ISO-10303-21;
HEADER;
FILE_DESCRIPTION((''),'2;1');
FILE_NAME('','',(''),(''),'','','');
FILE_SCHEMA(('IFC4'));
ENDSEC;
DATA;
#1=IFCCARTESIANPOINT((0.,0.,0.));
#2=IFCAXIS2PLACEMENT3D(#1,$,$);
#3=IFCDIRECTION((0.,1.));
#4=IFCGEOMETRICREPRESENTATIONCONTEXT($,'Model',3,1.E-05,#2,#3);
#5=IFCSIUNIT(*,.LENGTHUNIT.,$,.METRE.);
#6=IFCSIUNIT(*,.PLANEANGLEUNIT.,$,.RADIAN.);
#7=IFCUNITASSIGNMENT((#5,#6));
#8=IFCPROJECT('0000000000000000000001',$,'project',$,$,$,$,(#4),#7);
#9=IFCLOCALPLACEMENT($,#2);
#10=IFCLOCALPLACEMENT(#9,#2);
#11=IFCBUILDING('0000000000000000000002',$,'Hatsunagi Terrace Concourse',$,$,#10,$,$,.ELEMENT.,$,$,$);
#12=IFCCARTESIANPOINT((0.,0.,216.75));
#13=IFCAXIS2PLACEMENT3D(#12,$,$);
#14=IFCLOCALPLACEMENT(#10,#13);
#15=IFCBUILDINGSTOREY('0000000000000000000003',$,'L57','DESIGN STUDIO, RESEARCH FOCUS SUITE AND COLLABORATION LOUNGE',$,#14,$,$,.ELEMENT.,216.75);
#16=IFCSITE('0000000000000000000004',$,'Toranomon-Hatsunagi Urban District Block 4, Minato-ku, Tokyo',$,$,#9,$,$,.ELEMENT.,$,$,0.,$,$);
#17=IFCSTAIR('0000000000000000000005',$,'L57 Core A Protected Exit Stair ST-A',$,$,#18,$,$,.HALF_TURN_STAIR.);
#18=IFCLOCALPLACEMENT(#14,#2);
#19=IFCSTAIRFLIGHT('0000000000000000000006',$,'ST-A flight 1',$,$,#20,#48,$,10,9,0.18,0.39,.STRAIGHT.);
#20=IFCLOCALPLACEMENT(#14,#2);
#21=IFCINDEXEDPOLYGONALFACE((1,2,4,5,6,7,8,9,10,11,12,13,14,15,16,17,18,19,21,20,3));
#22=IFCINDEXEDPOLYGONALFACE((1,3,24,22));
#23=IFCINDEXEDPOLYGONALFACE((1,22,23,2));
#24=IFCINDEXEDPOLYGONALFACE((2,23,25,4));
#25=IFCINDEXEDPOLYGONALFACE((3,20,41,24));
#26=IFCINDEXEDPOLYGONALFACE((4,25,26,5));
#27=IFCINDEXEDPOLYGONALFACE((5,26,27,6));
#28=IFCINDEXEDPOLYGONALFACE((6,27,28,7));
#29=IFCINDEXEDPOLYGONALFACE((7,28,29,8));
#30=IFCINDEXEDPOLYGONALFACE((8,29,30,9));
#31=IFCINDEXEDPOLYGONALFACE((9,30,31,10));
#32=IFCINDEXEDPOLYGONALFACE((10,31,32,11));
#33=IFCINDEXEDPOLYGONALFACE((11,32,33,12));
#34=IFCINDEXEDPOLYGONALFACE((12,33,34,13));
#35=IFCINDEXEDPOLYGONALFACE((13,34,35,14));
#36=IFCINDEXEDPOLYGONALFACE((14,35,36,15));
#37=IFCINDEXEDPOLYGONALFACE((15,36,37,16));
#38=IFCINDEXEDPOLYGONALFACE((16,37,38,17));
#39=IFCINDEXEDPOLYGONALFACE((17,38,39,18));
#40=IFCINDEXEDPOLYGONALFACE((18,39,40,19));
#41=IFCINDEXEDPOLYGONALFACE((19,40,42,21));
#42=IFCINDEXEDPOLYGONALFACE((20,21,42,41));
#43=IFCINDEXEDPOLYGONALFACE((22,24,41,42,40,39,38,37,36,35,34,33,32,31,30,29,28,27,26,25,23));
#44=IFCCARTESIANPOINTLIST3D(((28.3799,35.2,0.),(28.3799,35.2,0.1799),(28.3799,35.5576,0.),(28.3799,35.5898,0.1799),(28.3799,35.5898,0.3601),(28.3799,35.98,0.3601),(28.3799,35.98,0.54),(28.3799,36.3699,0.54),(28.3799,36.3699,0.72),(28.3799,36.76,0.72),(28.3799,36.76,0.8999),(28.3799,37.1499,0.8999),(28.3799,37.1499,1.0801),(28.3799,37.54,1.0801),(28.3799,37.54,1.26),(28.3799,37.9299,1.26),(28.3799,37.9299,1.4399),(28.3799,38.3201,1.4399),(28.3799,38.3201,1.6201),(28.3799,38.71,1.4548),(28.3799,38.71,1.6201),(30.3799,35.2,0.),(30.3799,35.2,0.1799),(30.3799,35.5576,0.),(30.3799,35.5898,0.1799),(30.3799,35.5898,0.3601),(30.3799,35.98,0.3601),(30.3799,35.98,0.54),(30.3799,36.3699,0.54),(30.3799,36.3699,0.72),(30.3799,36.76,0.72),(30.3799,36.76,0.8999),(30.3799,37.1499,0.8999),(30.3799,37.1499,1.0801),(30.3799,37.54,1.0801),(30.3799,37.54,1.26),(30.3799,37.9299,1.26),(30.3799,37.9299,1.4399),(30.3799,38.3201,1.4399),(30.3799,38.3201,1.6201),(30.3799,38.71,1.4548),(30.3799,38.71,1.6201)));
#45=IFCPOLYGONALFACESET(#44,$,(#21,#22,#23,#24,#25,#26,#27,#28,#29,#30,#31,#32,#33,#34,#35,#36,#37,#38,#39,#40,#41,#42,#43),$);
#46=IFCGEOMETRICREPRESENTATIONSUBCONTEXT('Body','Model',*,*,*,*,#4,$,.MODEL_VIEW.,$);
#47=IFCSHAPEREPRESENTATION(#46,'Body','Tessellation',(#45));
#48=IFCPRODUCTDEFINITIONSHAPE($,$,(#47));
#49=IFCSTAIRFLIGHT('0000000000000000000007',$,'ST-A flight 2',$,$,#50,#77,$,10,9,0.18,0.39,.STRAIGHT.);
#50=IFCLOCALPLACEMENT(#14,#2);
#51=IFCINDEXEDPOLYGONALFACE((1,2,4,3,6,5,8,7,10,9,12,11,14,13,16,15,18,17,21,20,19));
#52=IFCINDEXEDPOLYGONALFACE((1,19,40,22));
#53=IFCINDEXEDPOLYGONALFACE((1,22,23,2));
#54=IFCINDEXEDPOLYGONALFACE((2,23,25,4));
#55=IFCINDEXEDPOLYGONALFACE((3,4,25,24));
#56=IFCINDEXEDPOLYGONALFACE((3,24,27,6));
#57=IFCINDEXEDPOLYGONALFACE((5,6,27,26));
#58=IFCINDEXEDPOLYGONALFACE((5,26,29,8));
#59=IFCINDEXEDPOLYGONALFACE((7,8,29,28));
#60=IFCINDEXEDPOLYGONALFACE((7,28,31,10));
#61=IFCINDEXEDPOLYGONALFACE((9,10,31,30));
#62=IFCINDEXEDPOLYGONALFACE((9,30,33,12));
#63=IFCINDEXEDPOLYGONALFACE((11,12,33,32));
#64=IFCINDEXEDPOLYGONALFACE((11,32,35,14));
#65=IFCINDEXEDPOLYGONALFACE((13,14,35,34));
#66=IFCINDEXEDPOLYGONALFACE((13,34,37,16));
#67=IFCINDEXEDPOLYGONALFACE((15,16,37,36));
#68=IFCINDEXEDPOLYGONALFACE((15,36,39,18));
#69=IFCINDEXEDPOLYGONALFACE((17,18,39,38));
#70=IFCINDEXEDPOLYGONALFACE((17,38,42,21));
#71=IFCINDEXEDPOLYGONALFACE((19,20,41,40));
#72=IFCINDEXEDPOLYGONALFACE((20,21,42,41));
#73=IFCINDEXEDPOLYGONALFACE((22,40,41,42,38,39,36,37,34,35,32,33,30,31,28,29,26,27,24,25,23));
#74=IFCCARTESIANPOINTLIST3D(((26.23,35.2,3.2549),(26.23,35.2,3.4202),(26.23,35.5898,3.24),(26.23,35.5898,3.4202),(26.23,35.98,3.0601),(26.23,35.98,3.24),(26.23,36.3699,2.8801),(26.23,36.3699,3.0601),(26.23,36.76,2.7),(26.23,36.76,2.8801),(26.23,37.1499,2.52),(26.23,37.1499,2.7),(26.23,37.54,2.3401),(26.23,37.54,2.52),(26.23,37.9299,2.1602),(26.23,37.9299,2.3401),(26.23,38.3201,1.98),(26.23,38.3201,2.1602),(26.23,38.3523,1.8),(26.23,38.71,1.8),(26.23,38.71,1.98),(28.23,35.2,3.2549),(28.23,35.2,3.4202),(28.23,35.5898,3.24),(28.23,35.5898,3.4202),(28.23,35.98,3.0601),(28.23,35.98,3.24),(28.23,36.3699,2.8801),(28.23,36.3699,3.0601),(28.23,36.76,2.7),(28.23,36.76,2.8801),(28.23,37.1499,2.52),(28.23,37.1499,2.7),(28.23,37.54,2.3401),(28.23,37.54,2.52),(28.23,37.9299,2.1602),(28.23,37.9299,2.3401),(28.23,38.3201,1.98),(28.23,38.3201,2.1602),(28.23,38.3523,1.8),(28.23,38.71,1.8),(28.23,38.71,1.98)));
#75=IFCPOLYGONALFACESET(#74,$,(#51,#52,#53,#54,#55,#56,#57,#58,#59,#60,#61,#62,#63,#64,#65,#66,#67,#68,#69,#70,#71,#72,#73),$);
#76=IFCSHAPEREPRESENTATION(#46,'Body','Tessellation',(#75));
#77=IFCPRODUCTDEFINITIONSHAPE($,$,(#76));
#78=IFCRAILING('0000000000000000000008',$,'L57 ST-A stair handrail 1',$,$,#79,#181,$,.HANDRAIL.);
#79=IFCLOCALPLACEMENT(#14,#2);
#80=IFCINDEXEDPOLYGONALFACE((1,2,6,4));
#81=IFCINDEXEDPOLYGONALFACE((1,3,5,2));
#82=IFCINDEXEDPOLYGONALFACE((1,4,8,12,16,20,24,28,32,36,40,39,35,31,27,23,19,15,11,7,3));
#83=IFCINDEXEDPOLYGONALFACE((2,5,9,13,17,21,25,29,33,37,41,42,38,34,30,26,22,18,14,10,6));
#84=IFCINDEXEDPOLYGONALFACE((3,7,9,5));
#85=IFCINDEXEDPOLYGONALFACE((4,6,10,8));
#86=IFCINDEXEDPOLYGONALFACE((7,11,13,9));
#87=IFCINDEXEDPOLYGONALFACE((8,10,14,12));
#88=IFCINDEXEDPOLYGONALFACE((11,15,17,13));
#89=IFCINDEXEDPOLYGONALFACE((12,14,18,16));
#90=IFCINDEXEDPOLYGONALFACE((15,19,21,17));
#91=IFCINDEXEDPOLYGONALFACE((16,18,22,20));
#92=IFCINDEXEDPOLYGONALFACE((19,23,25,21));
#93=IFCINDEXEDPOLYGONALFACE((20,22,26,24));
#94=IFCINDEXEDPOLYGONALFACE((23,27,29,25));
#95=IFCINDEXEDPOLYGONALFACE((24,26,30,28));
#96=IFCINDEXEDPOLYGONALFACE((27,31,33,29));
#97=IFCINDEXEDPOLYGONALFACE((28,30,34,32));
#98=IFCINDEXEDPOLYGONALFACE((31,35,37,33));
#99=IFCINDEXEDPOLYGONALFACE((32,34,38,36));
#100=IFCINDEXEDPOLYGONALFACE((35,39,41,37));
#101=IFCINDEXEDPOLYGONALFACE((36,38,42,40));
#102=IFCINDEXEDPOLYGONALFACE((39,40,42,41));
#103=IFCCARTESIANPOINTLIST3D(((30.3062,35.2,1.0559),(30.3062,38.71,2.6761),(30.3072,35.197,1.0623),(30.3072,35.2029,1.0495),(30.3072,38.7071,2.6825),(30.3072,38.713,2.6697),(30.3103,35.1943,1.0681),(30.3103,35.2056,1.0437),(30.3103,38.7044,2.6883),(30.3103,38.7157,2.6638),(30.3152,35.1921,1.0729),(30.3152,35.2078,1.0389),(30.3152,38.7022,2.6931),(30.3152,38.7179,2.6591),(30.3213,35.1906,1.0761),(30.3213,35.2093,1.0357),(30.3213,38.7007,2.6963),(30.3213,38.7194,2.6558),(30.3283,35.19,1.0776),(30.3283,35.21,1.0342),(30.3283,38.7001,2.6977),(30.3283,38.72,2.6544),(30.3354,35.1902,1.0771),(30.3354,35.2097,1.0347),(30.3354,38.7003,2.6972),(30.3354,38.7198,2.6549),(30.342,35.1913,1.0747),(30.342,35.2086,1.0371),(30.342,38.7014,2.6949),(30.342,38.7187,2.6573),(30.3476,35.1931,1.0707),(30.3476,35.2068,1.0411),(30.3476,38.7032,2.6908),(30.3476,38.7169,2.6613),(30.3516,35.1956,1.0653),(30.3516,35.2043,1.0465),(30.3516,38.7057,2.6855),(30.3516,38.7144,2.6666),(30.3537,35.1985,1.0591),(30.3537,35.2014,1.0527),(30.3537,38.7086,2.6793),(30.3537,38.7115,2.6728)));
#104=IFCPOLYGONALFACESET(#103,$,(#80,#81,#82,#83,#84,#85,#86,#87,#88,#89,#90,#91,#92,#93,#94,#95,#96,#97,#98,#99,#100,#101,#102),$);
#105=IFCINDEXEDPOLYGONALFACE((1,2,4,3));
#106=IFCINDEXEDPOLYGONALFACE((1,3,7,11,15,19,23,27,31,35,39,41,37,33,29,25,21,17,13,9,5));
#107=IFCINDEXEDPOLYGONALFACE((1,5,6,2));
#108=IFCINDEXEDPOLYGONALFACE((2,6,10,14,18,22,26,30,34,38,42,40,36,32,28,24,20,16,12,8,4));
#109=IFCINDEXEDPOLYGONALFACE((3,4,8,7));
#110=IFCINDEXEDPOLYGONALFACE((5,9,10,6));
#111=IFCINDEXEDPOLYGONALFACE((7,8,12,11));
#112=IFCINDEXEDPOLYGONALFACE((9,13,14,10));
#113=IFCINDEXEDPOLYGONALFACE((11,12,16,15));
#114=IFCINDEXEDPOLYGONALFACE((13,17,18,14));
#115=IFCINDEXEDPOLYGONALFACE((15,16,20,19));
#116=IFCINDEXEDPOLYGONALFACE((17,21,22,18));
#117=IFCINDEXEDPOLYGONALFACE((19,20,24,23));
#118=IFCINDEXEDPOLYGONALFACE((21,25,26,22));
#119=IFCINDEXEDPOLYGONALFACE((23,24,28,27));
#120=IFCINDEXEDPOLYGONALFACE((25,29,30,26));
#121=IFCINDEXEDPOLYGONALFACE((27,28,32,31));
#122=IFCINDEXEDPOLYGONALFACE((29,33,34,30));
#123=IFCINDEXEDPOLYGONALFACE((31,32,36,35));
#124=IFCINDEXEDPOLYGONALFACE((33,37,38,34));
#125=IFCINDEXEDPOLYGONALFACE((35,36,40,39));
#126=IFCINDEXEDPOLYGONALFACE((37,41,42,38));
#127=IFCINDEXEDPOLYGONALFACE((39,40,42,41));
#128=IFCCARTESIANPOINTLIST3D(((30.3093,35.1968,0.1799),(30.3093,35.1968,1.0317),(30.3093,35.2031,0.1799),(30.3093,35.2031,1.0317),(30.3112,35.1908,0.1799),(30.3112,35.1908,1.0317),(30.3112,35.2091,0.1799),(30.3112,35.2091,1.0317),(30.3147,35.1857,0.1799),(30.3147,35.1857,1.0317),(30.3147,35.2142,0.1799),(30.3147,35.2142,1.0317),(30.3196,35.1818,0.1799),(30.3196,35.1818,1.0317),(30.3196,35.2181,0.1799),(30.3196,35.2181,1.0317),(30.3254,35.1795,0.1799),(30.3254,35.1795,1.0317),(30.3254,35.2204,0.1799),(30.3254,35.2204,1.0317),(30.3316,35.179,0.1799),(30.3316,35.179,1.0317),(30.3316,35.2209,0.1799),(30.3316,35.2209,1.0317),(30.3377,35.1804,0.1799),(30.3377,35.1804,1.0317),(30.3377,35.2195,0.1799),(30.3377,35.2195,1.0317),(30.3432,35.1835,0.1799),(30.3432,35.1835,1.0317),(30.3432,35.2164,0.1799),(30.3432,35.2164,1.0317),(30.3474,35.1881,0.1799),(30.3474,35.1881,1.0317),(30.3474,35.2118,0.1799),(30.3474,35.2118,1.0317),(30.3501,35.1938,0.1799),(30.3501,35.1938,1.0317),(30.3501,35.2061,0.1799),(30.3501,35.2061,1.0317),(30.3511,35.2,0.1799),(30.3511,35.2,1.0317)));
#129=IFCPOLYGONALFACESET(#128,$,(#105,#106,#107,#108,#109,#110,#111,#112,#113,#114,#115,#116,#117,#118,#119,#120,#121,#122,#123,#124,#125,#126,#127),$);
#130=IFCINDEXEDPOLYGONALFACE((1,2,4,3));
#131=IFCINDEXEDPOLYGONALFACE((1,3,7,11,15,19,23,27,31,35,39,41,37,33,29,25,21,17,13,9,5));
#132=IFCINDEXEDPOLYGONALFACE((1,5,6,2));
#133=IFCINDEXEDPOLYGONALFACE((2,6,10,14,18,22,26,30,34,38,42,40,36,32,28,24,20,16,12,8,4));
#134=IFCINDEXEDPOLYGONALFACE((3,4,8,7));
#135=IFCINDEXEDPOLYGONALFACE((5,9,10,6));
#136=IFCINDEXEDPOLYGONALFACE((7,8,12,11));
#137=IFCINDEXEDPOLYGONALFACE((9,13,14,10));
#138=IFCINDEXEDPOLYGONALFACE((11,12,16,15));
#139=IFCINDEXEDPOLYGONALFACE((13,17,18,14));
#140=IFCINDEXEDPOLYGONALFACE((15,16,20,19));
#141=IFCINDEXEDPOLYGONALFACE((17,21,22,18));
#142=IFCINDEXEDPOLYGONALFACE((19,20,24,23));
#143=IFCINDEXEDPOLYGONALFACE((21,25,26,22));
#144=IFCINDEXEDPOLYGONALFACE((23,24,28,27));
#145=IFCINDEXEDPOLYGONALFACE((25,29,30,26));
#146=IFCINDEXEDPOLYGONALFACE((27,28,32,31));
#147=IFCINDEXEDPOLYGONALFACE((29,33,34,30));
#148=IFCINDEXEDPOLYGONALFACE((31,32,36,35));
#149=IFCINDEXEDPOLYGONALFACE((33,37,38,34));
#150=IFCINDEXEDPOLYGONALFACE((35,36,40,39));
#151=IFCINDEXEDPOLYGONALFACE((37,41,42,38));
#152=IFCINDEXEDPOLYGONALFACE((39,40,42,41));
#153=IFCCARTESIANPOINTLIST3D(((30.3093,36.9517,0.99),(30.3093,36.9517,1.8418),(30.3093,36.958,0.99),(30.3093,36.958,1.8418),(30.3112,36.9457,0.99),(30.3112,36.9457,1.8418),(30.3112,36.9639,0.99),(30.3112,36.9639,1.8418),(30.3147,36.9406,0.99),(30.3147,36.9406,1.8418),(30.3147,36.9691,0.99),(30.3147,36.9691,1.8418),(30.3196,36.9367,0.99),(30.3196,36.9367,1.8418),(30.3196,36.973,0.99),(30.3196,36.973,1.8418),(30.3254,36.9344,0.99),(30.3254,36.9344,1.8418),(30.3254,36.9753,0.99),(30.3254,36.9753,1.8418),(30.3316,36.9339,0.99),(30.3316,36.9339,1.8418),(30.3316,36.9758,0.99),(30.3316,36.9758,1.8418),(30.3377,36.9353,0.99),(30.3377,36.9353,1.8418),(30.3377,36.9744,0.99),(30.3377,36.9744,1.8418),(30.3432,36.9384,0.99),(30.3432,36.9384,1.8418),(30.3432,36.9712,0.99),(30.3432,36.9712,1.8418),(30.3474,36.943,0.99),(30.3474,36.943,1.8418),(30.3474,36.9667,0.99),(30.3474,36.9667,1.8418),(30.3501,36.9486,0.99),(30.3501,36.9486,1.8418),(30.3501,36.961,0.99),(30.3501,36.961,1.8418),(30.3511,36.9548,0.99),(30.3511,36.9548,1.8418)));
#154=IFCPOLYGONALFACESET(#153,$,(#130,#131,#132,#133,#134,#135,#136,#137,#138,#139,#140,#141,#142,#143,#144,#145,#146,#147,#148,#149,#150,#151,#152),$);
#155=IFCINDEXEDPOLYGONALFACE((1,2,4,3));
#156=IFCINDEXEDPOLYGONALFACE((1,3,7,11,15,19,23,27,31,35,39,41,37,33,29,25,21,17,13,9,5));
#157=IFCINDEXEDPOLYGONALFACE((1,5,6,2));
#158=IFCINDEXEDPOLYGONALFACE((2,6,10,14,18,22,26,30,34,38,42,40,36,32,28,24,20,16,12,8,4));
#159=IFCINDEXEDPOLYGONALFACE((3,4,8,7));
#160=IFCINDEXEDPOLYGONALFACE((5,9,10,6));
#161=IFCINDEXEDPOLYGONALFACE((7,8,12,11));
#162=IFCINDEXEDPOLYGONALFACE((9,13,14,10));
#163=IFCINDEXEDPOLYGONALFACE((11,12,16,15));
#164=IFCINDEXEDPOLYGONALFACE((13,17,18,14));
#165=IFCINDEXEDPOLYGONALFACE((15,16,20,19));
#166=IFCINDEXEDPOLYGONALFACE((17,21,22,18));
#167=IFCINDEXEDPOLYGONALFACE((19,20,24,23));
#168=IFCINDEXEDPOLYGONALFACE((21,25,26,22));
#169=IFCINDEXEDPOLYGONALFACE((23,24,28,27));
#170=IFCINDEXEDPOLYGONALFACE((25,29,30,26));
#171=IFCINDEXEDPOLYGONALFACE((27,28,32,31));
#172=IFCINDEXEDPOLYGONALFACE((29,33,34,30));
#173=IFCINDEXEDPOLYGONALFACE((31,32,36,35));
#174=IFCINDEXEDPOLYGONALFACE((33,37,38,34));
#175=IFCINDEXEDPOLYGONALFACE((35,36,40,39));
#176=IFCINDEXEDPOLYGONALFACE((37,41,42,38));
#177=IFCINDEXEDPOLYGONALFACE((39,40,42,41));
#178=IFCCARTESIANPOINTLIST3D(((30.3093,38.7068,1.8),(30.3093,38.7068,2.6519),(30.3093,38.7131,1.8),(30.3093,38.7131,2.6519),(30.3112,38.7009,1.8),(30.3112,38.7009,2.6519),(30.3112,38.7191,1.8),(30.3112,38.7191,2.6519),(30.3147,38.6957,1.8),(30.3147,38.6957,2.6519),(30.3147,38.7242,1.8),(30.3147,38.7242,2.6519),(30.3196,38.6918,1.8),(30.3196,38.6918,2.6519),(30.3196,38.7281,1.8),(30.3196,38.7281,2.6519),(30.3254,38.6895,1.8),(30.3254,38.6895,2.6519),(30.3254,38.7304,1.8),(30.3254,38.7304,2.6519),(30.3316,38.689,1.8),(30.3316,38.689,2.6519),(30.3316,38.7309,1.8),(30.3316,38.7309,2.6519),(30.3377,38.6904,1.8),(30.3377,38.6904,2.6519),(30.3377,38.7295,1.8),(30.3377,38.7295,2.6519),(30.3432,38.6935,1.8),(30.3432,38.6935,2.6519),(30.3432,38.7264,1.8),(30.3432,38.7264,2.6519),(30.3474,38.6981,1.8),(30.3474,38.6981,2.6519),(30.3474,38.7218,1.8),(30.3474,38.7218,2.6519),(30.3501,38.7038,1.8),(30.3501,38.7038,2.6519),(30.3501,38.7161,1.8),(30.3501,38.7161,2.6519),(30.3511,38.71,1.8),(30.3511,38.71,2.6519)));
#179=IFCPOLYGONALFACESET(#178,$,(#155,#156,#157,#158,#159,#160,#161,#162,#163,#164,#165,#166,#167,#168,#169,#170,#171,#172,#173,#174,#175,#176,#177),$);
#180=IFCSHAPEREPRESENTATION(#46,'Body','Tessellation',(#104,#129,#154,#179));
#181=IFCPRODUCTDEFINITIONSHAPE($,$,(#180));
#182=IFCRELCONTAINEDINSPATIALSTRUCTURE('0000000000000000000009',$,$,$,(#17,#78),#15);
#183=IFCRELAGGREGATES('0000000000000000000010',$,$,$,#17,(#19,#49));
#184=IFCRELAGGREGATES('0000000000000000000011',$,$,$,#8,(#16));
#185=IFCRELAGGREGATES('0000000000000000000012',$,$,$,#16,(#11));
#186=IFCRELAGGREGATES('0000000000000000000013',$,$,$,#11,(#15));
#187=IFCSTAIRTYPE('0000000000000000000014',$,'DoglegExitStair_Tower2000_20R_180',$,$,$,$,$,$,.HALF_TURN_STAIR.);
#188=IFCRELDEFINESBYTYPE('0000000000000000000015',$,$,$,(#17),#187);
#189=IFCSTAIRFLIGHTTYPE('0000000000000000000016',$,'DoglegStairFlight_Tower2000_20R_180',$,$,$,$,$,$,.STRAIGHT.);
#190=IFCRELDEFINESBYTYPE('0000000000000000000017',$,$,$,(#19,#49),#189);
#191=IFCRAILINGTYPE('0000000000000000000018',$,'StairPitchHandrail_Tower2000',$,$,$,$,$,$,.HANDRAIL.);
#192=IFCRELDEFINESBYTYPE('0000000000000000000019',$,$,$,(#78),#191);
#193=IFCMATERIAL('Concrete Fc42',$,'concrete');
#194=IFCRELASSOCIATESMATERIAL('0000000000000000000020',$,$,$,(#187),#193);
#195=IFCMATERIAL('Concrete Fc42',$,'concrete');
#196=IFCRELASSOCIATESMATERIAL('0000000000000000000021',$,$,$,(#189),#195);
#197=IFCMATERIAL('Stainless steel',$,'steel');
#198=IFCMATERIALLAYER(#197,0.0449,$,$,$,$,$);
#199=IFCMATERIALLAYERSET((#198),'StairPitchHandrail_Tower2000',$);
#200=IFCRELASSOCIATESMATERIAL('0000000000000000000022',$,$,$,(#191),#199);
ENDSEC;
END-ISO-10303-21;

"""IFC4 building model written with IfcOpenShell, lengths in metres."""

from ifc_helpers import new_model, si_unit, direction, frame, origin, origin_2d, place, context, subcontext, project, spatial, polyline, circle, outline, extrude, material, layer, layer_set, type_object, element, aggregate, save


model = new_model("IFC4")

# Units and contexts
model_context = context("Model", 3, precision=1e-05, world=origin(), true_north=direction((0.0, 1.0)))
body_context = subcontext(model_context, "Body", "Model", "MODEL_VIEW")
ifc_project = project(units=[si_unit("LENGTHUNIT", "METRE"), si_unit("PLANEANGLEUNIT", "RADIAN")], contexts=[model_context])

# Site, building, storey
site_placement = place(None, origin())
site = spatial("IfcSite", under=ifc_project, at=site_placement, Name="Toranomon-Hatsunagi Urban District Block 4, Minato-ku, Tokyo", CompositionType="ELEMENT", RefElevation=0.0)
building_placement = place(site_placement, origin())
building = spatial("IfcBuilding", under=site, at=building_placement, Name="Hatsunagi Terrace Concourse", CompositionType="ELEMENT")
storey_placement = place(building_placement, frame((0.0, 0.0, 216.75)))
storey = spatial("IfcBuildingStorey", under=building, at=storey_placement, Name="L57", Description="DESIGN STUDIO, RESEARCH FOCUS SUITE AND COLLABORATION LOUNGE", CompositionType="ELEMENT", Elevation=216.75)

# Stair, stair flights
ifc_material_1 = material(Name="Concrete Fc42", Category="concrete")
stair_type = type_object("IfcStairType", Name="DoglegExitStair_Tower2000_20R_180", PredefinedType="HALF_TURN_STAIR", material=ifc_material_1)
stair_placement = place(storey_placement, origin())
stair = element("IfcStair", 1, at=stair_placement, inside=storey, type_object=stair_type, Name="L57 Core A Protected Exit Stair ST-A", PredefinedType="HALF_TURN_STAIR")
ifc_material_2 = material(Name="Concrete Fc42", Category="concrete")
stair_flight_type = type_object("IfcStairFlightType", Name="DoglegStairFlight_Tower2000_20R_180", PredefinedType="STRAIGHT", material=ifc_material_2)
stair_flight_1_placement = place(storey_placement, frame((29.3799, 35.2, 0.0), z_axis=(0.0, 0.0, 1.0), x_axis=(0.0, 1.0, 0.0)))
stair_flight_1 = element("IfcStairFlight", 2, at=stair_flight_1_placement, type_object=stair_flight_type, Name="ST-A flight 1", NumberOfRisers=10, NumberOfTreads=9, PredefinedType="STRAIGHT", RiserHeight=0.18, TreadLength=0.39, context=body_context, shape_type="SweptSolid", body=[
    extrude(outline(polyline([(0.0, 0.0), (0.0, 0.1799), (0.3899, 0.1799), (0.3899, 0.3601), (0.78, 0.3601), (0.78, 0.54), (1.1699, 0.54), (1.1699, 0.72), (1.5601, 0.72), (1.5601, 0.8999), (1.95, 0.8999), (1.95, 1.0801), (2.3401, 1.0801), (2.3401, 1.26), (2.73, 1.26), (2.73, 1.4399), (3.1201, 1.4399), (3.1201, 1.6201), (3.51, 1.6201), (3.51, 1.8), (3.51, 1.4548), (0.3577, 0.0), (0.0, 0.0)])), frame((0.0, 1.0, 0.0), z_axis=(0.0, -1.0, 0.0), x_axis=(1.0, 0.0, 0.0)), (0.0, 0.0, 1.0), 2.0),
])
stair_flight_2_placement = place(storey_placement, frame((27.23, 38.71, 1.8), z_axis=(0.0, 0.0, 1.0), x_axis=(0.0, -1.0, 0.0)))
stair_flight_2 = element("IfcStairFlight", 3, at=stair_flight_2_placement, type_object=stair_flight_type, Name="ST-A flight 2", NumberOfRisers=10, NumberOfTreads=9, PredefinedType="STRAIGHT", RiserHeight=0.18, TreadLength=0.39, context=body_context, shape_type="SweptSolid", body=[
    extrude(outline(polyline([(0.0, 0.0), (0.0, 0.1799), (0.3899, 0.1799), (0.3899, 0.3601), (0.78, 0.3601), (0.78, 0.54), (1.1699, 0.54), (1.1699, 0.72), (1.5601, 0.72), (1.5601, 0.8999), (1.95, 0.8999), (1.95, 1.0801), (2.3401, 1.0801), (2.3401, 1.26), (2.73, 1.26), (2.73, 1.4399), (3.1201, 1.4399), (3.1201, 1.6201), (3.51, 1.6201), (3.51, 1.8), (3.51, 1.4548), (0.3577, 0.0), (0.0, 0.0)])), frame((0.0, 1.0, 0.0), z_axis=(0.0, -1.0, 0.0), x_axis=(1.0, 0.0, 0.0)), (0.0, 0.0, 1.0), 2.0),
])
aggregate(stair, [stair_flight_1, stair_flight_2])

# Railing
ifc_material_3 = material(Name="Stainless steel", Category="steel")
ifc_layer_1 = layer(ifc_material_3, 0.0449)
ifc_layer_set_1 = layer_set([ifc_layer_1], Name="StairPitchHandrail_Tower2000")
railing_type_1 = type_object("IfcRailingType", Name="StairPitchHandrail_Tower2000", PredefinedType="HANDRAIL", material=ifc_layer_set_1)
railing_1_placement = place(storey_placement, frame((30.3301, 35.2, 0.1799)))
element("IfcRailing", 4, at=railing_1_placement, inside=storey, type_object=railing_type_1, Name="L57 ST-A stair handrail 1", PredefinedType="HANDRAIL", context=body_context, shape_type="SweptSolid", body=[
    extrude(circle(Radius=0.0239, at=origin_2d()), frame((0.0, 0.0, 0.876), z_axis=(0.0, 0.907948, 0.419082), x_axis=(-1.0, 0.0, 0.0)), (0.0, 0.0, 1.0), 3.866),
    extrude(circle(Radius=0.021, at=origin_2d()), origin(), (0.0, 0.0, 1.0), 0.8518),
    extrude(circle(Radius=0.021, at=origin_2d()), frame((0.0, 1.7549, 0.8101)), (0.0, 0.0, 1.0), 0.8518),
    extrude(circle(Radius=0.021, at=origin_2d()), frame((0.0, 3.51, 1.6201)), (0.0, 0.0, 1.0), 0.8518),
])

save(model, "model.ifc")
